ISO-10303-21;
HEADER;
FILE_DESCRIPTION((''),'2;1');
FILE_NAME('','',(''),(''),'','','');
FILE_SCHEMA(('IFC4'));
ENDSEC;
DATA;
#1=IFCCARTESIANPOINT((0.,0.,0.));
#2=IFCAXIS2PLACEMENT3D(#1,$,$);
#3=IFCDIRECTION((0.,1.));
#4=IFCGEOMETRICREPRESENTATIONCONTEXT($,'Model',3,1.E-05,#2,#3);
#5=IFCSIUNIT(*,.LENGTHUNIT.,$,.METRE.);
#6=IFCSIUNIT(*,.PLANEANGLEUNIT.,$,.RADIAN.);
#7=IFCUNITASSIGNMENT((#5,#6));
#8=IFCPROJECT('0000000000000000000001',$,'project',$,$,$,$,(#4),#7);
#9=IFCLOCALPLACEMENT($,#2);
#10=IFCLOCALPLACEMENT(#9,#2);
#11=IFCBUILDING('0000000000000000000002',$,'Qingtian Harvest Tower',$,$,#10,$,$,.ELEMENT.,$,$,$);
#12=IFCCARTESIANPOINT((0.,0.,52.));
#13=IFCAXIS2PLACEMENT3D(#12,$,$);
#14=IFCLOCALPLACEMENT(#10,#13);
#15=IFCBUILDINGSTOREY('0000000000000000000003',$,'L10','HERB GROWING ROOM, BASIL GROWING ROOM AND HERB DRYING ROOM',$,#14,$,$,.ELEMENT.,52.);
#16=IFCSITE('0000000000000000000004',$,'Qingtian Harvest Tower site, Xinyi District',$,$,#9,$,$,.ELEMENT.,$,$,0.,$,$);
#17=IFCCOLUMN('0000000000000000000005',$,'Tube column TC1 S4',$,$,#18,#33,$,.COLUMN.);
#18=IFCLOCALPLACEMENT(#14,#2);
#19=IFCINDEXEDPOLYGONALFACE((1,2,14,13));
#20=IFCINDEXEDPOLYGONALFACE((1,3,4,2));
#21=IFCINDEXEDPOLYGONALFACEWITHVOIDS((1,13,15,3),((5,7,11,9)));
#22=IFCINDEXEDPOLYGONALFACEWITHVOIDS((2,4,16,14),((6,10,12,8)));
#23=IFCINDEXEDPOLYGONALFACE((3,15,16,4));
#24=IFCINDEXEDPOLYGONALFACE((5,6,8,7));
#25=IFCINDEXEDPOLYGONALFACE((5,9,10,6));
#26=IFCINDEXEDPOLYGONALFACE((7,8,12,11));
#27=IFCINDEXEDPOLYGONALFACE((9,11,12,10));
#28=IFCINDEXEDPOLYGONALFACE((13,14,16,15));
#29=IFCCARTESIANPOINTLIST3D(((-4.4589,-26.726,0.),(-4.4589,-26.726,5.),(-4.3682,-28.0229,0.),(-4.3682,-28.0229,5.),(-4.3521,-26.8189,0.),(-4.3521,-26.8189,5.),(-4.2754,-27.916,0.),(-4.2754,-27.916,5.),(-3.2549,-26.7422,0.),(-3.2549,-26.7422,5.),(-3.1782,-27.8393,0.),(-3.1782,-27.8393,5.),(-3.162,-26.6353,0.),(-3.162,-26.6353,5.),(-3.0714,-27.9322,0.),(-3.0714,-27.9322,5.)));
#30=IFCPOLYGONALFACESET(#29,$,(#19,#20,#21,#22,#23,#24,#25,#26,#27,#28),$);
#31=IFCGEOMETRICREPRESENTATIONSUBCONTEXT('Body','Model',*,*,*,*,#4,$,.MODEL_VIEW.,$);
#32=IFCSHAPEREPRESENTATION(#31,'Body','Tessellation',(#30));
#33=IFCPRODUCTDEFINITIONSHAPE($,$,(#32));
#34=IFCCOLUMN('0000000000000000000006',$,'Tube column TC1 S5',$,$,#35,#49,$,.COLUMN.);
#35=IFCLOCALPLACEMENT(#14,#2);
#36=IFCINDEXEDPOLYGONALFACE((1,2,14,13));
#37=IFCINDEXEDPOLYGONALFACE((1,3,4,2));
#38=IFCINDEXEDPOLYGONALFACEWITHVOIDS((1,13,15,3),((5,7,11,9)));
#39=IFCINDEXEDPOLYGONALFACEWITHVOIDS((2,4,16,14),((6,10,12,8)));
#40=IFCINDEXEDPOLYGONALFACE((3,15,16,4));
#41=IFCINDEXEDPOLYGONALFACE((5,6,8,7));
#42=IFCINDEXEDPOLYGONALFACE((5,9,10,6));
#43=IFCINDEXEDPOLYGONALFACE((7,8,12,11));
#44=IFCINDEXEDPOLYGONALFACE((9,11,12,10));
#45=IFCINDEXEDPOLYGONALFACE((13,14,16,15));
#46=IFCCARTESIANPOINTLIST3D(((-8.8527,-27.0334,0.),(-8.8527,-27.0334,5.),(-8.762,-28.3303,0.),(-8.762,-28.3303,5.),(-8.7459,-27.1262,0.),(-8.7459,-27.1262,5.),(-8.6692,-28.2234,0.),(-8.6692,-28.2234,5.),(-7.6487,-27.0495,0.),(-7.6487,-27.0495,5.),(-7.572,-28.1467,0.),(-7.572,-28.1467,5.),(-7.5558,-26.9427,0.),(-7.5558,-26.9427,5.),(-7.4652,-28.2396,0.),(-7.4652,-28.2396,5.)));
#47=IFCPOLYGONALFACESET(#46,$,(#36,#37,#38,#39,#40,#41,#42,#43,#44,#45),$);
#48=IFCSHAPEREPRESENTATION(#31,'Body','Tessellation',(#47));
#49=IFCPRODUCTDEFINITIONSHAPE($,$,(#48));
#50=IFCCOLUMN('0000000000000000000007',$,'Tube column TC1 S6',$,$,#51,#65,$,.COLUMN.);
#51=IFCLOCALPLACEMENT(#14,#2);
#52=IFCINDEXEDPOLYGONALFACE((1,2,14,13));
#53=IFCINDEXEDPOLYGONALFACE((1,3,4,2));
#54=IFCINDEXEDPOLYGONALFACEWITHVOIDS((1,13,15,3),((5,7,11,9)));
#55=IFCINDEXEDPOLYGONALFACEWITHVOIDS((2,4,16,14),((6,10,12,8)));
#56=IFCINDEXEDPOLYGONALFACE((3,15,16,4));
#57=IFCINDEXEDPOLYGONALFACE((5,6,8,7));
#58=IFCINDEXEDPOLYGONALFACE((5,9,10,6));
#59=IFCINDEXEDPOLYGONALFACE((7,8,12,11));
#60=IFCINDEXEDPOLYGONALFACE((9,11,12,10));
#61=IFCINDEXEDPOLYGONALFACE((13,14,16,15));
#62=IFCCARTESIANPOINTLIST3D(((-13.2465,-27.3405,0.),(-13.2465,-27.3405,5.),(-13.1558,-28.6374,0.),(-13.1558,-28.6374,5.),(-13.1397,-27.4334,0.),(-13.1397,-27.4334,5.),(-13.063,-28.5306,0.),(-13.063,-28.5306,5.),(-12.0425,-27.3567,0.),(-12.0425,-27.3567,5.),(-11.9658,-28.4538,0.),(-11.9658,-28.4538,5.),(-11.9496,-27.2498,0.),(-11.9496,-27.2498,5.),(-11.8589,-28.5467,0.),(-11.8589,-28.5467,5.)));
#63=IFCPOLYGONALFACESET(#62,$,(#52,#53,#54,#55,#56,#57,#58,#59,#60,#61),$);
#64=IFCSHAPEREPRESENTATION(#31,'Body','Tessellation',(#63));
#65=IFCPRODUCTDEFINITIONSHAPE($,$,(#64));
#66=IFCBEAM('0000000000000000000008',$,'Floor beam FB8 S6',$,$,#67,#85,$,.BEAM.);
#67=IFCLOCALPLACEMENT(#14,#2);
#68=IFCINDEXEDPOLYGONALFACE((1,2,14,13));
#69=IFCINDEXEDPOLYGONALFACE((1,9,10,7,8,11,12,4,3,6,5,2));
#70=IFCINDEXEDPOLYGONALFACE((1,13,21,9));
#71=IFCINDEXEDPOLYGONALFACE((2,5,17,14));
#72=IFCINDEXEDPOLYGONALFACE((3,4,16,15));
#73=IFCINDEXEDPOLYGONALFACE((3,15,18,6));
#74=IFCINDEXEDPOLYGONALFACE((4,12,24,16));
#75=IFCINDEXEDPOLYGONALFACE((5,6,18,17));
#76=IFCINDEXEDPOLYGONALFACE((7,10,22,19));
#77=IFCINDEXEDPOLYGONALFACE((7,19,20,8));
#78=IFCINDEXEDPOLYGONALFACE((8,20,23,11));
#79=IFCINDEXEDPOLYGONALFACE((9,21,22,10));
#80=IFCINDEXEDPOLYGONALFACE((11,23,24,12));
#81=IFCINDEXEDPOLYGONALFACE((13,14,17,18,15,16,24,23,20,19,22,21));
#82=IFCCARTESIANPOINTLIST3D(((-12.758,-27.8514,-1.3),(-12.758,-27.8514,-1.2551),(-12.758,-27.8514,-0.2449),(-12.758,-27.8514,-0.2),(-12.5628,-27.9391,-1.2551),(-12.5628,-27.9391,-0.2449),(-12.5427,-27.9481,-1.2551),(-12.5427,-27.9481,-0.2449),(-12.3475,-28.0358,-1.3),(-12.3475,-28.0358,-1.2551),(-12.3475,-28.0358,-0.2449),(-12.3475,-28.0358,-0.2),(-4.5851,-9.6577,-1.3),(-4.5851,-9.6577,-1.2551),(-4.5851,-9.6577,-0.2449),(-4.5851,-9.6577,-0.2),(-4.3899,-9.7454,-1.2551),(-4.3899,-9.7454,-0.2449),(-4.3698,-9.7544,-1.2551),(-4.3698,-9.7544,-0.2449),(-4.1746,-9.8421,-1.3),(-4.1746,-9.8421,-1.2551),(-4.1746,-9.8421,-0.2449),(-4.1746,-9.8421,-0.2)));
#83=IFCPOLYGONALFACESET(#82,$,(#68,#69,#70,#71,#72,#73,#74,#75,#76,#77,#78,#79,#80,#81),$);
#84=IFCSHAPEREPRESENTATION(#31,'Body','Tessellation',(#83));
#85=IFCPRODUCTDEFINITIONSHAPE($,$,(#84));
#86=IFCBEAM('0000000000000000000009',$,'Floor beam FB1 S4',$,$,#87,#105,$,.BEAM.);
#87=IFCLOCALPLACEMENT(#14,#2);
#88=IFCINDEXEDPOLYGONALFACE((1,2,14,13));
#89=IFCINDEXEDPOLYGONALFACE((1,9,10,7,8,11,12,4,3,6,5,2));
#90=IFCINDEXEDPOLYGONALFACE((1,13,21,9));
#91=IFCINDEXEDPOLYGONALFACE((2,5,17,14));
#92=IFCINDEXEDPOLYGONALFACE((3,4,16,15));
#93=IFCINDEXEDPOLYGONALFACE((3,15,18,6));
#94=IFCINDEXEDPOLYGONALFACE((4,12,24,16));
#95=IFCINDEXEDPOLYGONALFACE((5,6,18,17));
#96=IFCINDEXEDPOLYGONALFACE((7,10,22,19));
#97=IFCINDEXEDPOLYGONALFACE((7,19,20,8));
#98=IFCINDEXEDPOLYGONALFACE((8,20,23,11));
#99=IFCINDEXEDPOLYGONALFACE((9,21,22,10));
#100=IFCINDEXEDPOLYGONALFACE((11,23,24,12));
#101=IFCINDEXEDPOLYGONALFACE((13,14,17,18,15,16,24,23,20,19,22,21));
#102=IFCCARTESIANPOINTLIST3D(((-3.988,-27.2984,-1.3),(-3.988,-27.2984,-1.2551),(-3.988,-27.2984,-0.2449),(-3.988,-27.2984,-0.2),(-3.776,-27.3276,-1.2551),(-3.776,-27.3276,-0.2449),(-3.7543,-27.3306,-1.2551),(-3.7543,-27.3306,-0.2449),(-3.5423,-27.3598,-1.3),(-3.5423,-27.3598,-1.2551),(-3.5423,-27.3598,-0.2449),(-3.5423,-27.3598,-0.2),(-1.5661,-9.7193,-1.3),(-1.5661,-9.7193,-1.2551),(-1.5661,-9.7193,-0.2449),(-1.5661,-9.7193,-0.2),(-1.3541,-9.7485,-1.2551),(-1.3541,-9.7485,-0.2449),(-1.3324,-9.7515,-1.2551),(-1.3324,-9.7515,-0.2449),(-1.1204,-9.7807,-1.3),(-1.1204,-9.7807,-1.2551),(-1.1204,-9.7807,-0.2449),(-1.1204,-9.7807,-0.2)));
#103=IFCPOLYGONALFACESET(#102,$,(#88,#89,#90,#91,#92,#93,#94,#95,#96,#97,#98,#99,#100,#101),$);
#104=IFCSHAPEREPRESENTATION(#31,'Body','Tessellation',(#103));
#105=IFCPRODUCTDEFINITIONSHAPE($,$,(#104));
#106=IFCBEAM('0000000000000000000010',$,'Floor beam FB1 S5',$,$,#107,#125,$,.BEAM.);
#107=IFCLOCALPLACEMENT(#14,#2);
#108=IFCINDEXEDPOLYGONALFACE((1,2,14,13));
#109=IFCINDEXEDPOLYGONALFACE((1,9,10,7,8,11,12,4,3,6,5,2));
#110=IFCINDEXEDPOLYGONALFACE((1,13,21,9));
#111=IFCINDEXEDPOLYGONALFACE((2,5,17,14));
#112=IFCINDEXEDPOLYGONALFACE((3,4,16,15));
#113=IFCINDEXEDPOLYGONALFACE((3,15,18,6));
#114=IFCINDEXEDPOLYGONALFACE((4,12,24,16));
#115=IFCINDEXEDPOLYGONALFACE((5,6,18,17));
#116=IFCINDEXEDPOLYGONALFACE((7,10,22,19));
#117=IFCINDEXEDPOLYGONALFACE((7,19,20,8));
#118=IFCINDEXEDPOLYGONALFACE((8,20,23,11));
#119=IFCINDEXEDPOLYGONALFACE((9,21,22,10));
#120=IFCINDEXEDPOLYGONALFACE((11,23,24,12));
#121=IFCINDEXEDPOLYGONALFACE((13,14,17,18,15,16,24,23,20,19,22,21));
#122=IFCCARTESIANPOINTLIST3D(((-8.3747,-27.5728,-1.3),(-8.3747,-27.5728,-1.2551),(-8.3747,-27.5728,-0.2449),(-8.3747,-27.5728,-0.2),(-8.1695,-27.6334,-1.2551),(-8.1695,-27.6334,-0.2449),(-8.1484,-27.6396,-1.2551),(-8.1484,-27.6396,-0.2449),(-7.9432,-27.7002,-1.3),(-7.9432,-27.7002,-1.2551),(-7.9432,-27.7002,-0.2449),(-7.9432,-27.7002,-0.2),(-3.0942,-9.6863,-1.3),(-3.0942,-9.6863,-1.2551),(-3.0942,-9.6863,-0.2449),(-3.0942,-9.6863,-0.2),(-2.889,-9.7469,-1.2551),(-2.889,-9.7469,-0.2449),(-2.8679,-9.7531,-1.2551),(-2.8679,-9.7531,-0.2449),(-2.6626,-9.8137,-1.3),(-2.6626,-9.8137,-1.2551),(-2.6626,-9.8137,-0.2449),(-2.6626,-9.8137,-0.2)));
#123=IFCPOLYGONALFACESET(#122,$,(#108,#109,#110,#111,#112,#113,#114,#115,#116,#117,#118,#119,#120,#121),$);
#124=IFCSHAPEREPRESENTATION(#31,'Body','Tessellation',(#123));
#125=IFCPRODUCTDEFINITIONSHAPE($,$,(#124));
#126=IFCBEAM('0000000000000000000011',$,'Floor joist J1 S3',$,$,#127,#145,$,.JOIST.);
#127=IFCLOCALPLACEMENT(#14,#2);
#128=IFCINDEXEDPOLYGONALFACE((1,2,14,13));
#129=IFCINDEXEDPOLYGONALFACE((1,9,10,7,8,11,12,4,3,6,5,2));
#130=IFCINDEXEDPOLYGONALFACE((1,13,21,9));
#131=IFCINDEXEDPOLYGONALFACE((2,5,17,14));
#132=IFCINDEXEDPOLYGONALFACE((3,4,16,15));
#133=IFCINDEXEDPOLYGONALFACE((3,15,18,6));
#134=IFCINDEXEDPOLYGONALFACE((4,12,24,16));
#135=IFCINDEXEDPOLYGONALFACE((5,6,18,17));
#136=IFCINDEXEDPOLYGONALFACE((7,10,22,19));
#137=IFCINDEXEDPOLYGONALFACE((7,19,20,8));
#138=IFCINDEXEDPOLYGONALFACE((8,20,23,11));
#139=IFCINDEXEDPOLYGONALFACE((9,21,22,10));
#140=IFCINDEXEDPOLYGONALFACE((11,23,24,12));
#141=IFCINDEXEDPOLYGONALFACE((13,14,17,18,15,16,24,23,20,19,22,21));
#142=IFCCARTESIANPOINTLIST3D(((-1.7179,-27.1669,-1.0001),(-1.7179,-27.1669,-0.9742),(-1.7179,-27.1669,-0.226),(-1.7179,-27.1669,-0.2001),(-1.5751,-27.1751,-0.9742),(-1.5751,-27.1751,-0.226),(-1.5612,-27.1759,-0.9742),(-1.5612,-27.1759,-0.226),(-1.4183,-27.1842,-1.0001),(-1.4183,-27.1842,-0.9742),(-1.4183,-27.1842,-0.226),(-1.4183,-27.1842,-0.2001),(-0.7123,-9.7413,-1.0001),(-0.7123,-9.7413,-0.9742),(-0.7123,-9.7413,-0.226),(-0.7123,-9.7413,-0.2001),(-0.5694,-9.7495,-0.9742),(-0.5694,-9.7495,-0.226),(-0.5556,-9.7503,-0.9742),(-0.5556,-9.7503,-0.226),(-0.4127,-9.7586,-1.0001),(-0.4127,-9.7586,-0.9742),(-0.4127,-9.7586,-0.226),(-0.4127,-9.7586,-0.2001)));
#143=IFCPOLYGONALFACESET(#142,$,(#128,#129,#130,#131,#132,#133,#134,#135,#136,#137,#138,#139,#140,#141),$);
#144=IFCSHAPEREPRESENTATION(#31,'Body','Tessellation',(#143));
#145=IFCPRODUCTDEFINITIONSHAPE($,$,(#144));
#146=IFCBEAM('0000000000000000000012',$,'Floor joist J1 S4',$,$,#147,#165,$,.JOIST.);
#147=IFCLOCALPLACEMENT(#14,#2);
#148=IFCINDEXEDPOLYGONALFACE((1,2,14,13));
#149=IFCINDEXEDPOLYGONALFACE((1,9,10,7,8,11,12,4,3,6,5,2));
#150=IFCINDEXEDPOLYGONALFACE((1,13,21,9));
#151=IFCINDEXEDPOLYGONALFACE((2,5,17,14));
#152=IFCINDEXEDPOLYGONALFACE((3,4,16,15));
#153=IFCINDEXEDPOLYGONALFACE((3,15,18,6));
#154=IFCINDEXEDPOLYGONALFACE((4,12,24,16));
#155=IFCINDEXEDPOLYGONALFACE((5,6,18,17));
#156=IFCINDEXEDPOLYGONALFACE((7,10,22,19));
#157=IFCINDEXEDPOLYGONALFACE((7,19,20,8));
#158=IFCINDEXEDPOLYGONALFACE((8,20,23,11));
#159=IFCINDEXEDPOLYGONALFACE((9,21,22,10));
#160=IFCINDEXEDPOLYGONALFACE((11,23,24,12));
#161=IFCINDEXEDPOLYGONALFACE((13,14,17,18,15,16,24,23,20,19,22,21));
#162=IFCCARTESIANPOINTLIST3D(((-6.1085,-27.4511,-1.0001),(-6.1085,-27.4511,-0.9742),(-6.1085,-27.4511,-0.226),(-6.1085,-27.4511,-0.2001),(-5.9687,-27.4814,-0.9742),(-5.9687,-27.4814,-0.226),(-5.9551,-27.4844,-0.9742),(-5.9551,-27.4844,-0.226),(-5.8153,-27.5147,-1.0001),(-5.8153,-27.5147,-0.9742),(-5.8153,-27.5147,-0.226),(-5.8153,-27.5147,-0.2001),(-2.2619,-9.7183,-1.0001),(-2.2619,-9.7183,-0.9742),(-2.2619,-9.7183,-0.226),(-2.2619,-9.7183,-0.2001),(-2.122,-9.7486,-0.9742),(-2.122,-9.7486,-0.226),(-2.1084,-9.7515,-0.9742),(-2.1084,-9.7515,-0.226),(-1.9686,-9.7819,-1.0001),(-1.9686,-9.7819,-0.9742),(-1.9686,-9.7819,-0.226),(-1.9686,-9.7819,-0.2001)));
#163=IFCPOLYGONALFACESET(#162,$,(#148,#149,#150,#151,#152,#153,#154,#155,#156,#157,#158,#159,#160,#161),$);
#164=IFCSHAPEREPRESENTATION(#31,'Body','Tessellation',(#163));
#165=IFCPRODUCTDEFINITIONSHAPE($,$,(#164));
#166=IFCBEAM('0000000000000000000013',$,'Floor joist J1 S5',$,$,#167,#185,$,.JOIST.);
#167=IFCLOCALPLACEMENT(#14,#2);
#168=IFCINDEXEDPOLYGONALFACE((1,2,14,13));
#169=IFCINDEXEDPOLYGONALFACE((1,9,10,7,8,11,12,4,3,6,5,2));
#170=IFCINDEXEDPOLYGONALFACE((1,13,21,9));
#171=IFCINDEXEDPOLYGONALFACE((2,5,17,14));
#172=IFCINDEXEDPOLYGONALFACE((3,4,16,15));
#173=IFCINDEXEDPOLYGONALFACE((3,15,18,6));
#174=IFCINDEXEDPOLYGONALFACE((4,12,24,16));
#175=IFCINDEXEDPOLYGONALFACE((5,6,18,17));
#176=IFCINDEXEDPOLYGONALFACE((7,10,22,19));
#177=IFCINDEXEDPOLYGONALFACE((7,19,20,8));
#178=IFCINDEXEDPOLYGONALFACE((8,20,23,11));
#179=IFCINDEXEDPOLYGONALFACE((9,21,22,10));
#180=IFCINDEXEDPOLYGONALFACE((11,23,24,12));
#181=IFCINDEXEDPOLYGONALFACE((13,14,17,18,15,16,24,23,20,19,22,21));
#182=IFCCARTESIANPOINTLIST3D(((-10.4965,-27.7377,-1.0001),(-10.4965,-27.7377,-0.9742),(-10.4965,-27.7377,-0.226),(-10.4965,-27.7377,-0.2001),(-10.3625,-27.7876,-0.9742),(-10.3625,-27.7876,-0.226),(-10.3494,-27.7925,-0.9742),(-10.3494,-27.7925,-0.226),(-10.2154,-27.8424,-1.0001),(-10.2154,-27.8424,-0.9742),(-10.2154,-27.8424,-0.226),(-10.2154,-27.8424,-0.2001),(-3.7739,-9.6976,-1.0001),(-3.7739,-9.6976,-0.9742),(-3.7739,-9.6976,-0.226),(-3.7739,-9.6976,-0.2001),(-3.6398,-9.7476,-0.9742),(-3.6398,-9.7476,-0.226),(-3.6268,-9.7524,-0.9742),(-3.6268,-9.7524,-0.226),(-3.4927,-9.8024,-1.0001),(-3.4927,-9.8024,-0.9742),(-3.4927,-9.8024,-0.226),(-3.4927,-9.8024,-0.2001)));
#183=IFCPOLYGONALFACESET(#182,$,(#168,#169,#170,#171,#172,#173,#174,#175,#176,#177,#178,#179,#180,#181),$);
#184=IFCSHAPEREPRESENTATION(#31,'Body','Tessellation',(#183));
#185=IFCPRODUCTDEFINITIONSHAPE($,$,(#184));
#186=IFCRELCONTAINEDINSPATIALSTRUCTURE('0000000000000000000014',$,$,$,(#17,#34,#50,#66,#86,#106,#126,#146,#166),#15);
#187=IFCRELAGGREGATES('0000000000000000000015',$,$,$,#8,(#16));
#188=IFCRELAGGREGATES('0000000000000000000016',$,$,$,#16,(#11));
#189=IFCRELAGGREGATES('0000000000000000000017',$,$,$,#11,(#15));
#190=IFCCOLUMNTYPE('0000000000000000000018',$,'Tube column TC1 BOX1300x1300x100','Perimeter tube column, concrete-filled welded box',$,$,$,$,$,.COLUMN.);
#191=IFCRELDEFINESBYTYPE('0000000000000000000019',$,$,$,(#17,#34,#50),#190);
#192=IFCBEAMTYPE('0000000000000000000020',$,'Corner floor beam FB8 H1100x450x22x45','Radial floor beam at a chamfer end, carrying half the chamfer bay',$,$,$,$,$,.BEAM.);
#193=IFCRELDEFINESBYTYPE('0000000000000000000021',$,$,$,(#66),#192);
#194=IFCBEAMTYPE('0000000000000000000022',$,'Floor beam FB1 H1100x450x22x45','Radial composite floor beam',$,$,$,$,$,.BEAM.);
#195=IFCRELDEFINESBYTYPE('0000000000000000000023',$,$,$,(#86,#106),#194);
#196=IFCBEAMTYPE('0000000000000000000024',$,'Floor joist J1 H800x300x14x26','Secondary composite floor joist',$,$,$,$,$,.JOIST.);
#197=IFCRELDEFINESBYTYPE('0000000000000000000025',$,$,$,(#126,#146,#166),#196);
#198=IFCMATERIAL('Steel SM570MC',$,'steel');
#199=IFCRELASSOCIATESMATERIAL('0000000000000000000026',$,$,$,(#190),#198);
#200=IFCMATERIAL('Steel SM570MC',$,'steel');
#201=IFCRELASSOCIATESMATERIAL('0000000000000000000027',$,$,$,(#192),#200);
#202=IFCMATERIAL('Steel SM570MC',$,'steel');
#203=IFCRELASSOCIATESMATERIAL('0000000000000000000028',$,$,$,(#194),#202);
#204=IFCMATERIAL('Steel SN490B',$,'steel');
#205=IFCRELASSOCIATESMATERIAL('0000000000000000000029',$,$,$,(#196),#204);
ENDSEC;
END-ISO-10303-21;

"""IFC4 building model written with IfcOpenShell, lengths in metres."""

from ifc_helpers import new_model, si_unit, direction, frame, origin, origin_2d, place, context, subcontext, project, spatial, hollow_rectangle, i_section, extrude, material, material_profile, profile_set, type_object, element, save


model = new_model("IFC4")

# Units and contexts
model_context = context("Model", 3, precision=1e-05, world=origin(), true_north=direction((0.0, 1.0)))
body_context = subcontext(model_context, "Body", "Model", "MODEL_VIEW")
ifc_project = project(units=[si_unit("LENGTHUNIT", "METRE"), si_unit("PLANEANGLEUNIT", "RADIAN")], contexts=[model_context])

# Site, building, storey
site_placement = place(None, origin())
site = spatial("IfcSite", under=ifc_project, at=site_placement, Name="Qingtian Harvest Tower site, Xinyi District", CompositionType="ELEMENT", RefElevation=0.0)
building_placement = place(site_placement, origin())
building = spatial("IfcBuilding", under=site, at=building_placement, Name="Qingtian Harvest Tower", CompositionType="ELEMENT")
storey_placement = place(building_placement, frame((0.0, 0.0, 52.0)))
storey = spatial("IfcBuildingStorey", under=building, at=storey_placement, Name="L10", Description="HERB GROWING ROOM, BASIL GROWING ROOM AND HERB DRYING ROOM", CompositionType="ELEMENT", Elevation=52.0)

# Columns
ifc_material_1 = material(Name="Steel SM570MC", Category="steel")
ifc_material_profile_1 = material_profile(ifc_material_1, hollow_rectangle(XDim=1.3, YDim=1.3, WallThickness=0.1001, at=origin_2d()), Name="BOX1300x1300x100")
ifc_profile_set_1 = profile_set([ifc_material_profile_1], Name="Steel SM570MC")
column_type = type_object("IfcColumnType", Name="Tube column TC1 BOX1300x1300x100", Description="Perimeter tube column, concrete-filled welded box", PredefinedType="COLUMN", material=ifc_profile_set_1)
for number, where, z_axis, x_axis, name in (
    (1, (-3.7651, -27.3291, 0.0), (0.0, 0.0, 1.0), (0.997564, 0.069756, 0.0), "Tube column TC1 S4"),
    (2, (-8.1589, -27.6365, 0.0), (0.0, 0.0, 1.0), (0.997564, 0.069756, 0.0), "Tube column TC1 S5"),
    (3, (-12.5527, -27.9436, 0.0), (0.0, 0.0, 1.0), (0.997564, 0.069756, 0.0), "Tube column TC1 S6"),
):
    element("IfcColumn", number, at=place(storey_placement, frame(where, z_axis=z_axis, x_axis=x_axis)), inside=storey, type_object=column_type, Name=name, PredefinedType="COLUMN", context=body_context, shape_type="SweptSolid", body=[
        extrude(hollow_rectangle(XDim=1.3, YDim=1.3, WallThickness=0.1001, at=origin_2d()), origin(), (0.0, 0.0, 1.0), 5.0),
    ])

# Beams
ifc_material_2 = material(Name="Steel SM570MC", Category="steel")
ifc_material_profile_2 = material_profile(ifc_material_2, i_section(OverallWidth=0.45, OverallDepth=1.1001, WebThickness=0.022, FlangeThickness=0.0449, at=origin_2d()), Name="H1100x450x22x45")
ifc_profile_set_2 = profile_set([ifc_material_profile_2], Name="Steel SM570MC")
beam_type_1 = type_object("IfcBeamType", Name="Corner floor beam FB8 H1100x450x22x45", Description="Radial floor beam at a chamfer end, carrying half the chamfer bay", PredefinedType="BEAM", material=ifc_profile_set_2)
beam_1_placement = place(storey_placement, frame((-12.5527, -27.9436, -0.75), z_axis=(0.40977, 0.912189, 0.0), x_axis=(-0.912189, 0.40977, 0.0)))
element("IfcBeam", 4, at=beam_1_placement, inside=storey, type_object=beam_type_1, Name="Floor beam FB8 S6", PredefinedType="BEAM", context=body_context, shape_type="SweptSolid", body=[
    extrude(i_section(OverallWidth=0.45, OverallDepth=1.1001, WebThickness=0.022, FlangeThickness=0.0449, at=origin_2d()), origin(), (0.0, 0.0, 1.0), 19.9451),
])
ifc_material_3 = material(Name="Steel SM570MC", Category="steel")
ifc_material_profile_3 = material_profile(ifc_material_3, i_section(OverallWidth=0.45, OverallDepth=1.1001, WebThickness=0.022, FlangeThickness=0.0449, at=origin_2d()), Name="H1100x450x22x45")
ifc_profile_set_3 = profile_set([ifc_material_profile_3], Name="Steel SM570MC")
beam_type_2 = type_object("IfcBeamType", Name="Floor beam FB1 H1100x450x22x45", Description="Radial composite floor beam", PredefinedType="BEAM", material=ifc_profile_set_3)
beam_2_placement = place(storey_placement, frame((-3.7651, -27.3291, -0.75), z_axis=(0.136481, 0.990643, 0.0), x_axis=(-0.990643, 0.136481, 0.0)))
element("IfcBeam", 5, at=beam_2_placement, inside=storey, type_object=beam_type_2, Name="Floor beam FB1 S4", PredefinedType="BEAM", context=body_context, shape_type="SweptSolid", body=[
    extrude(i_section(OverallWidth=0.45, OverallDepth=1.1001, WebThickness=0.022, FlangeThickness=0.0449, at=origin_2d()), origin(), (0.0, 0.0, 1.0), 17.7451),
])
beam_3_placement = place(storey_placement, frame((-8.1589, -27.6365, -0.75), z_axis=(0.283143, 0.959078, 0.0), x_axis=(-0.959078, 0.283143, 0.0)))
element("IfcBeam", 6, at=beam_3_placement, inside=storey, type_object=beam_type_2, Name="Floor beam FB1 S5", PredefinedType="BEAM", context=body_context, shape_type="SweptSolid", body=[
    extrude(i_section(OverallWidth=0.45, OverallDepth=1.1001, WebThickness=0.022, FlangeThickness=0.0449, at=origin_2d()), origin(), (0.0, 0.0, 1.0), 18.6497),
])
ifc_material_4 = material(Name="Steel SN490B", Category="steel")
ifc_material_profile_4 = material_profile(ifc_material_4, i_section(OverallWidth=0.3, OverallDepth=0.8, WebThickness=0.0139, FlangeThickness=0.0259, at=origin_2d()), Name="H800x300x14x26")
ifc_profile_set_4 = profile_set([ifc_material_profile_4], Name="Steel SN490B")
beam_type_3 = type_object("IfcBeamType", Name="Floor joist J1 H800x300x14x26", Description="Secondary composite floor joist", PredefinedType="JOIST", material=ifc_profile_set_4)
beam_4_placement = place(storey_placement, frame((-1.5681, -27.1755, -0.6001), z_axis=(0.057613, 0.998339, 0.0), x_axis=(-0.998339, 0.057613, 0.0)))
element("IfcBeam", 7, at=beam_4_placement, inside=storey, type_object=beam_type_3, Name="Floor joist J1 S3", PredefinedType="JOIST", context=body_context, shape_type="SweptSolid", body=[
    extrude(i_section(OverallWidth=0.3, OverallDepth=0.8, WebThickness=0.0139, FlangeThickness=0.0259, at=origin_2d()), origin(), (0.0, 0.0, 1.0), 17.4546),
])
beam_5_placement = place(storey_placement, frame((-5.9619, -27.4829, -0.6001), z_axis=(0.211993, 0.977271, 0.0), x_axis=(-0.977271, 0.211993, 0.0)))
element("IfcBeam", 8, at=beam_5_placement, inside=storey, type_object=beam_type_3, Name="Floor joist J1 S4", PredefinedType="JOIST", context=body_context, shape_type="SweptSolid", body=[
    extrude(i_section(OverallWidth=0.3, OverallDepth=0.8, WebThickness=0.0139, FlangeThickness=0.0259, at=origin_2d()), origin(), (0.0, 0.0, 1.0), 18.1453),
])
beam_6_placement = place(storey_placement, frame((-10.356, -27.79, -0.6001), z_axis=(0.349194, 0.937051, 0.0), x_axis=(-0.937051, 0.349194, 0.0)))
element("IfcBeam", 9, at=beam_6_placement, inside=storey, type_object=beam_type_3, Name="Floor joist J1 S5", PredefinedType="JOIST", context=body_context, shape_type="SweptSolid", body=[
    extrude(i_section(OverallWidth=0.3, OverallDepth=0.8, WebThickness=0.0139, FlangeThickness=0.0259, at=origin_2d()), origin(), (0.0, 0.0, 1.0), 19.252),
])

save(model, "model.ifc")
